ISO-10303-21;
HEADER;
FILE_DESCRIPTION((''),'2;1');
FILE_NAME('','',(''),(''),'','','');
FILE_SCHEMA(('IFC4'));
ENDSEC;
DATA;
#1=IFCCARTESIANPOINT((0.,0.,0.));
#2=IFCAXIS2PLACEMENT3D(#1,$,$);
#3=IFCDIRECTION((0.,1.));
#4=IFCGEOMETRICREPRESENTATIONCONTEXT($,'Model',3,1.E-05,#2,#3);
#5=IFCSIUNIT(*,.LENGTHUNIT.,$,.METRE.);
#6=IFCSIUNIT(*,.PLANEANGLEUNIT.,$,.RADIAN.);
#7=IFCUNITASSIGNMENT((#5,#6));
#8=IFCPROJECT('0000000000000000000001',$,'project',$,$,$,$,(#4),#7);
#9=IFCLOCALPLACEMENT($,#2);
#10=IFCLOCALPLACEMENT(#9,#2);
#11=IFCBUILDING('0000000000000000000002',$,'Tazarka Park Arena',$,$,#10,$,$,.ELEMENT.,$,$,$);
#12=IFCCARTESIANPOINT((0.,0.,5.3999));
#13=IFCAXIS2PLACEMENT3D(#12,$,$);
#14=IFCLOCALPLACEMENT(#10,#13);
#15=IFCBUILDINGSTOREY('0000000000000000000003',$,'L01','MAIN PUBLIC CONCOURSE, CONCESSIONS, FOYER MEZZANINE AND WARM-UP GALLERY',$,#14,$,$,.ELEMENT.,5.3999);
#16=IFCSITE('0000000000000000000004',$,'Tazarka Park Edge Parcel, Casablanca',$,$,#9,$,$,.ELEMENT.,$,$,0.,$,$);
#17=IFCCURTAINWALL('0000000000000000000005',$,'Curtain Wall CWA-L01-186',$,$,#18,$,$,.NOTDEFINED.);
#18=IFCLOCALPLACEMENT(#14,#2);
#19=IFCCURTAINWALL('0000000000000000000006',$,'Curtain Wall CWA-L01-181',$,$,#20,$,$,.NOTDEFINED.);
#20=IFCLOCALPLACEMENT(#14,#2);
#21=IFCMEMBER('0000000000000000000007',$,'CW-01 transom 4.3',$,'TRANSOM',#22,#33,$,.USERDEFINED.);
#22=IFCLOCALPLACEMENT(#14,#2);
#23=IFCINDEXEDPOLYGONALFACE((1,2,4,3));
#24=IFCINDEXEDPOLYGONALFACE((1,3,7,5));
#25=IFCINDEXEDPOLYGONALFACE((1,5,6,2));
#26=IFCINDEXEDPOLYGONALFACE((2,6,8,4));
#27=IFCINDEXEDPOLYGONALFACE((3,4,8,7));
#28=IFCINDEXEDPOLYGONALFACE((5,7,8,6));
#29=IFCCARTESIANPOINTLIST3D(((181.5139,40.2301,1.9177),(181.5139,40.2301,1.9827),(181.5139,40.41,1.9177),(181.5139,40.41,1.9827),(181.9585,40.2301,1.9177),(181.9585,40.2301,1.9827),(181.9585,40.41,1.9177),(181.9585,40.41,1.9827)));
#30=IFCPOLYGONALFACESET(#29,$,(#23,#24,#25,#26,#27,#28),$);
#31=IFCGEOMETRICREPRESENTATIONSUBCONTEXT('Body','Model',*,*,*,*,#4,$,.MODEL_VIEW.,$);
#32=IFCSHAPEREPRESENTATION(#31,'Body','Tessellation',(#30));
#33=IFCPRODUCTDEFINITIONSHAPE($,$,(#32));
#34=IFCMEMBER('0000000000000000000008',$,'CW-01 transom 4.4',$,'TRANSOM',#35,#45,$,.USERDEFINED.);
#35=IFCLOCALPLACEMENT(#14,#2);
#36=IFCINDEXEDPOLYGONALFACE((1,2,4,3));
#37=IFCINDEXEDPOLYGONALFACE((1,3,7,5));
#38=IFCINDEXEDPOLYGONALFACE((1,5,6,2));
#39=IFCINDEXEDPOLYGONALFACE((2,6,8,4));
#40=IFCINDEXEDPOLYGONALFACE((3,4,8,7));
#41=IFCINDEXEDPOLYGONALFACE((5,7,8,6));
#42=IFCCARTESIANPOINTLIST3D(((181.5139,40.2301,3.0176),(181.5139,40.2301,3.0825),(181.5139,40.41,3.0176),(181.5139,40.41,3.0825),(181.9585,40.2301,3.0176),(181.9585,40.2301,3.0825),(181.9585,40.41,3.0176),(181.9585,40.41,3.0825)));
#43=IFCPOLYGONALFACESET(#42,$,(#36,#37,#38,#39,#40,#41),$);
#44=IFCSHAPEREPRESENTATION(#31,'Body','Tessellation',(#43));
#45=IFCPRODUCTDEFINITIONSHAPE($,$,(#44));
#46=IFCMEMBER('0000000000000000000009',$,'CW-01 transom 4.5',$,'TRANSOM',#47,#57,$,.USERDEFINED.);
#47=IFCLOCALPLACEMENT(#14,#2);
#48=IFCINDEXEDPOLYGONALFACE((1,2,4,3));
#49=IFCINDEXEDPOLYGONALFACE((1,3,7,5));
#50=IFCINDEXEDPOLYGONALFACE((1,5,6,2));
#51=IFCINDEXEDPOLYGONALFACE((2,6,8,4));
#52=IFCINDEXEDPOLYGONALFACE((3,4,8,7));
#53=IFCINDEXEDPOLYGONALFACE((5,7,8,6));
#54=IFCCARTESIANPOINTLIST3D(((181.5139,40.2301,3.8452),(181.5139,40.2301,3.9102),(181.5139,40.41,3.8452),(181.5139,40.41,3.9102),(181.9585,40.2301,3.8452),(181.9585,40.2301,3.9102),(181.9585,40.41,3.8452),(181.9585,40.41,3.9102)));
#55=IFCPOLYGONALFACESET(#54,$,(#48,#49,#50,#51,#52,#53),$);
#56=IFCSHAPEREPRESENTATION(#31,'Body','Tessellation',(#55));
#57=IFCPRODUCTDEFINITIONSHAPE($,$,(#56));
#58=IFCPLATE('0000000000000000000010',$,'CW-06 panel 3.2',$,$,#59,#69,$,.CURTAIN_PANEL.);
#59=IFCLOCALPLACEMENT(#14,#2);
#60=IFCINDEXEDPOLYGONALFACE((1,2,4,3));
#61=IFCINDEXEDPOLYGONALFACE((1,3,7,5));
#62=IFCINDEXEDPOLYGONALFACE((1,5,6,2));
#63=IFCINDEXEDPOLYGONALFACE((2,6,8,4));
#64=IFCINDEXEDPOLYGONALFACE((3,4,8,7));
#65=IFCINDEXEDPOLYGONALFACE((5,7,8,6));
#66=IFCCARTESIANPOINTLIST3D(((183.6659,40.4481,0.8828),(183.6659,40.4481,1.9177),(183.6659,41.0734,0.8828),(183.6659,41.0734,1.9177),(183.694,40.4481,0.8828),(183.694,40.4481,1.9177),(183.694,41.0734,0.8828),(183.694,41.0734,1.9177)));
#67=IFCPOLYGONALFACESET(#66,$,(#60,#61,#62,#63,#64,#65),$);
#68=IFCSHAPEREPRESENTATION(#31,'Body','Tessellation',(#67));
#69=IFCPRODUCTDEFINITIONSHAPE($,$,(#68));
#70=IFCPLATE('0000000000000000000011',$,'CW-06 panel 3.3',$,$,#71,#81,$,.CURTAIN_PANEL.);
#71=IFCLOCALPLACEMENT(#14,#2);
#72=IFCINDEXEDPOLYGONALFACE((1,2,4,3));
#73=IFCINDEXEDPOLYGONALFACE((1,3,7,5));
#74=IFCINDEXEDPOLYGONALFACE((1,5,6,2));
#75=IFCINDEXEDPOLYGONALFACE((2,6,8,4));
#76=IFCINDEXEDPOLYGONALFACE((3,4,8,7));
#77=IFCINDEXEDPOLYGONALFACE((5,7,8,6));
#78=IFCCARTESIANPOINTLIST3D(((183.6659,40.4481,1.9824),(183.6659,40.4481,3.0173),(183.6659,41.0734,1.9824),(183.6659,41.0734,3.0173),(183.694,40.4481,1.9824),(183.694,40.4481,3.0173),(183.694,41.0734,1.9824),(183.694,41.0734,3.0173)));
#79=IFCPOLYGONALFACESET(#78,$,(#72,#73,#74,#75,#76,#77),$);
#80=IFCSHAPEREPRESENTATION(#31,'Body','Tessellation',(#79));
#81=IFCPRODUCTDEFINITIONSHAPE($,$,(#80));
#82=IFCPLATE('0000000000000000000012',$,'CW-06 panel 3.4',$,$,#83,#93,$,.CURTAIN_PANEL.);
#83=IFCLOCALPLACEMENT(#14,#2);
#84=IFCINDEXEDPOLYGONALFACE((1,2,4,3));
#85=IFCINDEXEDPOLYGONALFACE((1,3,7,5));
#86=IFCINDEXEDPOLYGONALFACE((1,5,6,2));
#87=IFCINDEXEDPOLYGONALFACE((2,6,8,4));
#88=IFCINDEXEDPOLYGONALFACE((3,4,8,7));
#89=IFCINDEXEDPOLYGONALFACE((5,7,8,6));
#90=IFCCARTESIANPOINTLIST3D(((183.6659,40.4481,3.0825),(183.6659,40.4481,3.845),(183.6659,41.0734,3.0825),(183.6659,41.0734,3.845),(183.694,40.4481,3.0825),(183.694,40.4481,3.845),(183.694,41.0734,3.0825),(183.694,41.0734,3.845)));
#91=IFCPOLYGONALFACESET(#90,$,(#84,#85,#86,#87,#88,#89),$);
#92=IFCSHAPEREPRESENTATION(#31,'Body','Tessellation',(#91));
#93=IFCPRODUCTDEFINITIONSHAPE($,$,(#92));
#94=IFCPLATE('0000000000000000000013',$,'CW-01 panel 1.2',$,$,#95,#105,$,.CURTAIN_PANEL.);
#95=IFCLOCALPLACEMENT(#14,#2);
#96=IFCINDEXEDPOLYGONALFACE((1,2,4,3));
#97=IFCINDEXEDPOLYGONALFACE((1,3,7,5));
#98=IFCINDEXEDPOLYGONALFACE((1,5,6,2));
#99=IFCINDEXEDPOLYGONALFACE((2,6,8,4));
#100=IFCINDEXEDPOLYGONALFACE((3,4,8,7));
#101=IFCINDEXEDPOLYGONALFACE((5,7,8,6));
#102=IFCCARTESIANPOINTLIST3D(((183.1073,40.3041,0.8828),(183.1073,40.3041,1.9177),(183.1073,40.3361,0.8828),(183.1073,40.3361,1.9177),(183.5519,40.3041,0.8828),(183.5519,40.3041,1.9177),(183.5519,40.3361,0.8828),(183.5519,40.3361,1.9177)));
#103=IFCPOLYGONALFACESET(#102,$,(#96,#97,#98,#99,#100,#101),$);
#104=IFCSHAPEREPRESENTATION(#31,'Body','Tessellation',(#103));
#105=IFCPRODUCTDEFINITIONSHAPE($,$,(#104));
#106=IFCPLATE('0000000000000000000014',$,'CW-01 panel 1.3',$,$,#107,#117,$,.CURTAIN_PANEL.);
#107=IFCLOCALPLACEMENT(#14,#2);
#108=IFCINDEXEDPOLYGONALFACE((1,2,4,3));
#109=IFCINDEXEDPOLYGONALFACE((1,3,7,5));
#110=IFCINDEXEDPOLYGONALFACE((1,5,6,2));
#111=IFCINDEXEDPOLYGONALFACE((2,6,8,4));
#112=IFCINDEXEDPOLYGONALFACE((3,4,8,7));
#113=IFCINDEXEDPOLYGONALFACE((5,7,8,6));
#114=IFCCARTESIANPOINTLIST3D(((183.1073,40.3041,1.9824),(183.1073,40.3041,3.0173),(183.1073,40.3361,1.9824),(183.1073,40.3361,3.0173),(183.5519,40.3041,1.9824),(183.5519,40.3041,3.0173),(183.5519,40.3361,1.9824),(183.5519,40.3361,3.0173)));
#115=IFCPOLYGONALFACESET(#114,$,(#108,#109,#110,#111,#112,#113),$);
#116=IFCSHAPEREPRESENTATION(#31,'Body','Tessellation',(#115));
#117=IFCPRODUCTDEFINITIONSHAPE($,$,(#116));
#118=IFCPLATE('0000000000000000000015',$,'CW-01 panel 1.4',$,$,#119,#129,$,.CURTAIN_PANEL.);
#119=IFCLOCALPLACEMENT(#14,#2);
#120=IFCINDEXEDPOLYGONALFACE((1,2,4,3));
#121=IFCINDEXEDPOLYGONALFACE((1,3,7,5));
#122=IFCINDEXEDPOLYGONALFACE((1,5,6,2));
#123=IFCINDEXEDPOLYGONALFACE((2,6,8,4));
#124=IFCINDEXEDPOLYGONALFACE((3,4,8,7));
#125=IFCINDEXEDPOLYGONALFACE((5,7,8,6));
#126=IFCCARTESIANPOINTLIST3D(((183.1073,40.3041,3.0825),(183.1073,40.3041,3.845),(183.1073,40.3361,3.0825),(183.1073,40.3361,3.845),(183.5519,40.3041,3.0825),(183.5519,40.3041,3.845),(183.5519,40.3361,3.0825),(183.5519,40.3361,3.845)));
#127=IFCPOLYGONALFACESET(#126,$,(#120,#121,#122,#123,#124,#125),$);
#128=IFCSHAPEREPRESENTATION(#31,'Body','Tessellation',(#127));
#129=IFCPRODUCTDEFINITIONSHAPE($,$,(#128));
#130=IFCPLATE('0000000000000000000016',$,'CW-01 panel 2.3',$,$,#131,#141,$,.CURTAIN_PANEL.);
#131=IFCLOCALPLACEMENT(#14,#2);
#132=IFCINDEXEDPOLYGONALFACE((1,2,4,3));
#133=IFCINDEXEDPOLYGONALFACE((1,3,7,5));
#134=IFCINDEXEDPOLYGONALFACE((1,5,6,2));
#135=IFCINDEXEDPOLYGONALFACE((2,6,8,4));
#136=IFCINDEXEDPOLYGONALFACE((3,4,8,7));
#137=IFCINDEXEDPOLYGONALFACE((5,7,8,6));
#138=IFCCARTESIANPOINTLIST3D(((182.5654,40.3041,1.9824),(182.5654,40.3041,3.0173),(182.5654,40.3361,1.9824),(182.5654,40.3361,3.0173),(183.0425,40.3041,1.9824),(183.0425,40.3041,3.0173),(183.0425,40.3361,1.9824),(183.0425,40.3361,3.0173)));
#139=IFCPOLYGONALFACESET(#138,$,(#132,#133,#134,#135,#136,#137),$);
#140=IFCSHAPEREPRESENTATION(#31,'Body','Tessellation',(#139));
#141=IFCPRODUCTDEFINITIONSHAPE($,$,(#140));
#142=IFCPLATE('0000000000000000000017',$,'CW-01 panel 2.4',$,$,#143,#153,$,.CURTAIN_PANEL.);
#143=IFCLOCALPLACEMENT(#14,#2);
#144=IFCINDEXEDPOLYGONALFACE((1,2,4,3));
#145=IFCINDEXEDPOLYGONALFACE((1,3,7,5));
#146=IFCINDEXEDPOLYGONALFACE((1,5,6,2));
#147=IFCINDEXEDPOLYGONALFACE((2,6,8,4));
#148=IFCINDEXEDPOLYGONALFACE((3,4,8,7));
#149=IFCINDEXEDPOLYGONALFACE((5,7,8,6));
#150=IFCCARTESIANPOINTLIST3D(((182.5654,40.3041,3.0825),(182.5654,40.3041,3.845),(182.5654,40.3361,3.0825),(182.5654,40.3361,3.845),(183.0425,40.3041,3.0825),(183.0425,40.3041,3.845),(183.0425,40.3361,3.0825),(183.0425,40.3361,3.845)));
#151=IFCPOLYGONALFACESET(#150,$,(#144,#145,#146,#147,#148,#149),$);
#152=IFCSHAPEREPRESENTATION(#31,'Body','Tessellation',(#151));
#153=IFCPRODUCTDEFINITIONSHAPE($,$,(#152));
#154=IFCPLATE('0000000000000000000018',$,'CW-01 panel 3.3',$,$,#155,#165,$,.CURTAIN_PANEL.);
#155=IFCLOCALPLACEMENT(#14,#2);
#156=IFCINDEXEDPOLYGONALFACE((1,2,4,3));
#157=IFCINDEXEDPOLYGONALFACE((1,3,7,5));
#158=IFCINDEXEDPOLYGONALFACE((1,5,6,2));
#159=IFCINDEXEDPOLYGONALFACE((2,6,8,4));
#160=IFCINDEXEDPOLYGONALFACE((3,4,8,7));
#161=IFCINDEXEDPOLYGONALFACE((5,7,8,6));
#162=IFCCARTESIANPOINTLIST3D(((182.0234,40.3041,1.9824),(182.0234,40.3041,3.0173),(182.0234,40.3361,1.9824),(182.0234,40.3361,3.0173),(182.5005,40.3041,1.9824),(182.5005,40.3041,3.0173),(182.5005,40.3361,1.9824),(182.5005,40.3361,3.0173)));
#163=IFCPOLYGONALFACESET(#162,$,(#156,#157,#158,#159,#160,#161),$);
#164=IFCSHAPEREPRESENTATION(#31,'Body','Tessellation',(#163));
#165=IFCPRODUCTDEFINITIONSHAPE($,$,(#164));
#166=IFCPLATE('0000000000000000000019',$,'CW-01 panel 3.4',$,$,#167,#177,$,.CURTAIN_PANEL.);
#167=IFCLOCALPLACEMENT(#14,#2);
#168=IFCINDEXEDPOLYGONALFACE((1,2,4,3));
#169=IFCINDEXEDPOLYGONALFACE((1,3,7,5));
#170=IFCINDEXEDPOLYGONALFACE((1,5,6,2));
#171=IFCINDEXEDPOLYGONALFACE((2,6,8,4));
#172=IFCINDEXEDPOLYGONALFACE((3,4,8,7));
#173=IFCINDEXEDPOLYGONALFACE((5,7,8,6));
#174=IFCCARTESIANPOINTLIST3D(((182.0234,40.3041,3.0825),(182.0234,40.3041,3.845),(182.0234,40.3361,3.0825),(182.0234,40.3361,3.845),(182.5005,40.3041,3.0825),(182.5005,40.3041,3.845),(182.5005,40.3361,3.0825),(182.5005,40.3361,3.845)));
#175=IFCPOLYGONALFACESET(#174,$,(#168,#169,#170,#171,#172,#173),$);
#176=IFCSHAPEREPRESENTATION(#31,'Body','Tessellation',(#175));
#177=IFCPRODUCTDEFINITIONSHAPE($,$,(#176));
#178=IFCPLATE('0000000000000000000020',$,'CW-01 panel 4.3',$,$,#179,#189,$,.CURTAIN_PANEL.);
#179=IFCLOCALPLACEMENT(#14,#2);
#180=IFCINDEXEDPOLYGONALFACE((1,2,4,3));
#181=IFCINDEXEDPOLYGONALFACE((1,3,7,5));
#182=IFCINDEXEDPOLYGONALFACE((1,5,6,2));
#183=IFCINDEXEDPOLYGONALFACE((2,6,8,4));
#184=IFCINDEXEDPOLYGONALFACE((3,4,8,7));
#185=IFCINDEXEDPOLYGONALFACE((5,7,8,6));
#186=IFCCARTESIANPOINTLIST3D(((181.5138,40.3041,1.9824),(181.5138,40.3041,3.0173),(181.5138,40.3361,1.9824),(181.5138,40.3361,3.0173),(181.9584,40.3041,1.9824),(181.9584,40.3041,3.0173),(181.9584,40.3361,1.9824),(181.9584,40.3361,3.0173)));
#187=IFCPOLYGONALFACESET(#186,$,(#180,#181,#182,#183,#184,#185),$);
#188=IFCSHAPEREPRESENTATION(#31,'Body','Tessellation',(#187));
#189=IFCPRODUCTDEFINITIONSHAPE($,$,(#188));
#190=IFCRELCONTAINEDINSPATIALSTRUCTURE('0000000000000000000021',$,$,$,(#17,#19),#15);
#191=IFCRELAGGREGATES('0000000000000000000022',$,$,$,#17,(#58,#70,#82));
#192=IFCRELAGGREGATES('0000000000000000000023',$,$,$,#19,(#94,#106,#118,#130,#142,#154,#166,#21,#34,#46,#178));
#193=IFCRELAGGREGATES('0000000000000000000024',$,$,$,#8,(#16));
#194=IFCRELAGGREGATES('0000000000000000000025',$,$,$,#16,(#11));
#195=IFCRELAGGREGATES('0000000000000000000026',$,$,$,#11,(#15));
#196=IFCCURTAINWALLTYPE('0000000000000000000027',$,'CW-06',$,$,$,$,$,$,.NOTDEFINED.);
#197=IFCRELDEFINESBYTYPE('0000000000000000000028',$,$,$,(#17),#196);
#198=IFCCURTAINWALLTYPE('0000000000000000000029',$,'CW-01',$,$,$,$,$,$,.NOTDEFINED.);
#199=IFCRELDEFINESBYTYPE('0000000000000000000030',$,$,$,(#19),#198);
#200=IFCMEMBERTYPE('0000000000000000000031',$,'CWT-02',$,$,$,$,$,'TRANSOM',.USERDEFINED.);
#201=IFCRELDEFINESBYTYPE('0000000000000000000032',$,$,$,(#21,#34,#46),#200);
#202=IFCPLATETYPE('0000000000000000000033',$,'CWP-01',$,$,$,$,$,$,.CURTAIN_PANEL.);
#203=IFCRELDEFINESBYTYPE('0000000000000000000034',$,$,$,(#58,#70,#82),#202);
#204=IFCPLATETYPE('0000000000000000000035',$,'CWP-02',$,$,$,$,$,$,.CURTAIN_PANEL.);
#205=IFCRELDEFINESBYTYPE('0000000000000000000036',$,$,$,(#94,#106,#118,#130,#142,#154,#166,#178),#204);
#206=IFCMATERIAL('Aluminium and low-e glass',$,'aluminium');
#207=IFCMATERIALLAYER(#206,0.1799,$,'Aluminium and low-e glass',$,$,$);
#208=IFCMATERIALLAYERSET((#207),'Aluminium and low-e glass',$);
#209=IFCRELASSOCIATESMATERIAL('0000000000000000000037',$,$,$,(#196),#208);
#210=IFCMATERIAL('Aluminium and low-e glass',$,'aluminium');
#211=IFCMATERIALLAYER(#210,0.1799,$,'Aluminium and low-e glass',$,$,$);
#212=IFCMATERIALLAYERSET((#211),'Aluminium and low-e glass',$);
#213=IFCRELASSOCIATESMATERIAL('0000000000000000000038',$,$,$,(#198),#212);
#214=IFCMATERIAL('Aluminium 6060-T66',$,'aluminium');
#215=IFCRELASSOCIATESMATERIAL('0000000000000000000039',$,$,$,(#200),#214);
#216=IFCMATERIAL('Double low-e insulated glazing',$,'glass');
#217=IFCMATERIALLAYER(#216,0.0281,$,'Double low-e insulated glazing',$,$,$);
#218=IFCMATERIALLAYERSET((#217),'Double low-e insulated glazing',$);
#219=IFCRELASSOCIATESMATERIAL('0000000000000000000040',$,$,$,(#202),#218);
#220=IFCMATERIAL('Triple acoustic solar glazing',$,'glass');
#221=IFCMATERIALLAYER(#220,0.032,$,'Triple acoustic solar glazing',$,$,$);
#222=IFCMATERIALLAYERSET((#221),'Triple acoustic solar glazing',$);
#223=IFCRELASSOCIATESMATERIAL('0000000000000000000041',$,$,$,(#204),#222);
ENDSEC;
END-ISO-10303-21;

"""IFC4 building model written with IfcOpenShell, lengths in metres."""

from ifc_helpers import new_model, si_unit, direction, frame, origin, origin_2d, place, context, subcontext, project, spatial, rectangle, extrude, material, layer, layer_set, material_profile, profile_set, type_object, element, aggregate, save


model = new_model("IFC4")

# Units and contexts
model_context = context("Model", 3, precision=1e-05, world=origin(), true_north=direction((0.0, 1.0)))
body_context = subcontext(model_context, "Body", "Model", "MODEL_VIEW")
ifc_project = project(units=[si_unit("LENGTHUNIT", "METRE"), si_unit("PLANEANGLEUNIT", "RADIAN")], contexts=[model_context])

# Site, building, storey
site_placement = place(None, origin())
site = spatial("IfcSite", under=ifc_project, at=site_placement, Name="Tazarka Park Edge Parcel, Casablanca", CompositionType="ELEMENT", RefElevation=0.0)
building_placement = place(site_placement, origin())
building = spatial("IfcBuilding", under=site, at=building_placement, Name="Tazarka Park Arena", CompositionType="ELEMENT")
storey_placement = place(building_placement, frame((0.0, 0.0, 5.3999)))
storey = spatial("IfcBuildingStorey", under=building, at=storey_placement, Name="L01", Description="MAIN PUBLIC CONCOURSE, CONCESSIONS, FOYER MEZZANINE AND WARM-UP GALLERY", CompositionType="ELEMENT", Elevation=5.3999)

# Curtain wall
ifc_material_1 = material(Name="Aluminium and low-e glass", Category="aluminium")
ifc_layer_1 = layer(ifc_material_1, 0.1799, Name="Aluminium and low-e glass")
ifc_layer_set_1 = layer_set([ifc_layer_1], Name="Aluminium and low-e glass")
curtain_wall_type_1 = type_object("IfcCurtainWallType", Name="CW-06", PredefinedType="NOTDEFINED", material=ifc_layer_set_1)
curtain_wall_1_placement = place(storey_placement, origin())
curtain_wall_1 = element("IfcCurtainWall", 1, at=curtain_wall_1_placement, inside=storey, type_object=curtain_wall_type_1, Name="Curtain Wall CWA-L01-186", PredefinedType="NOTDEFINED")

# Curtain wall, members
ifc_material_2 = material(Name="Aluminium and low-e glass", Category="aluminium")
ifc_layer_2 = layer(ifc_material_2, 0.1799, Name="Aluminium and low-e glass")
ifc_layer_set_2 = layer_set([ifc_layer_2], Name="Aluminium and low-e glass")
curtain_wall_type_2 = type_object("IfcCurtainWallType", Name="CW-01", PredefinedType="NOTDEFINED", material=ifc_layer_set_2)
curtain_wall_2_placement = place(storey_placement, origin())
curtain_wall_2 = element("IfcCurtainWall", 2, at=curtain_wall_2_placement, inside=storey, type_object=curtain_wall_type_2, Name="Curtain Wall CWA-L01-181", PredefinedType="NOTDEFINED")
ifc_material_3 = material(Name="Aluminium 6060-T66", Category="aluminium")
ifc_material_profile_1 = material_profile(ifc_material_3, rectangle(XDim=0.1799, YDim=0.0649, at=origin_2d()), Name="Aluminium 6060-T66")
ifc_profile_set_1 = profile_set([ifc_material_profile_1], Name="Aluminium 6060-T66")
member_type_1 = type_object("IfcMemberType", Name="CWT-02", ElementType="TRANSOM", PredefinedType="USERDEFINED", material=ifc_profile_set_1)
member_1_placement = place(storey_placement, frame((181.9585, 40.3201, 1.9502), z_axis=(-1.0, 0.0, 0.0), x_axis=(0.0, -1.0, 0.0)))
member_1 = element("IfcMember", 3, at=member_1_placement, type_object=member_type_1, Name="CW-01 transom 4.3", ObjectType="TRANSOM", PredefinedType="USERDEFINED", context=body_context, shape_type="SweptSolid", body=[
    extrude(rectangle(XDim=0.1799, YDim=0.0649, at=origin_2d()), origin(), (0.0, 0.0, 1.0), 0.4446),
])
member_2_placement = place(storey_placement, frame((181.9585, 40.3201, 3.05), z_axis=(-1.0, 0.0, 0.0), x_axis=(0.0, -1.0, 0.0)))
member_2 = element("IfcMember", 4, at=member_2_placement, type_object=member_type_1, Name="CW-01 transom 4.4", ObjectType="TRANSOM", PredefinedType="USERDEFINED", context=body_context, shape_type="SweptSolid", body=[
    extrude(rectangle(XDim=0.1799, YDim=0.0649, at=origin_2d()), origin(), (0.0, 0.0, 1.0), 0.4446),
])
member_3_placement = place(storey_placement, frame((181.9585, 40.3201, 3.8777), z_axis=(-1.0, 0.0, 0.0), x_axis=(0.0, -1.0, 0.0)))
member_3 = element("IfcMember", 5, at=member_3_placement, type_object=member_type_1, Name="CW-01 transom 4.5", ObjectType="TRANSOM", PredefinedType="USERDEFINED", context=body_context, shape_type="SweptSolid", body=[
    extrude(rectangle(XDim=0.1799, YDim=0.0649, at=origin_2d()), origin(), (0.0, 0.0, 1.0), 0.4446),
])

# Plates
ifc_material_4 = material(Name="Double low-e insulated glazing", Category="glass")
ifc_layer_3 = layer(ifc_material_4, 0.0281, Name="Double low-e insulated glazing")
ifc_layer_set_3 = layer_set([ifc_layer_3], Name="Double low-e insulated glazing")
plate_type_1 = type_object("IfcPlateType", Name="CWP-01", PredefinedType="CURTAIN_PANEL", material=ifc_layer_set_3)
plate_1_placement = place(storey_placement, frame((183.6799, 40.7607, 0.8828), z_axis=(0.0, 0.0, 1.0), x_axis=(0.0, -1.0, 0.0)))
plate_1 = element("IfcPlate", 6, at=plate_1_placement, type_object=plate_type_1, Name="CW-06 panel 3.2", PredefinedType="CURTAIN_PANEL", context=body_context, shape_type="SweptSolid", body=[
    extrude(rectangle(XDim=0.6252, YDim=0.0281, at=origin_2d()), origin(), (0.0, 0.0, 1.0), 1.0349),
])
plate_2_placement = place(storey_placement, frame((183.6799, 40.7607, 1.9824), z_axis=(0.0, 0.0, 1.0), x_axis=(0.0, -1.0, 0.0)))
plate_2 = element("IfcPlate", 7, at=plate_2_placement, type_object=plate_type_1, Name="CW-06 panel 3.3", PredefinedType="CURTAIN_PANEL", context=body_context, shape_type="SweptSolid", body=[
    extrude(rectangle(XDim=0.6252, YDim=0.0281, at=origin_2d()), origin(), (0.0, 0.0, 1.0), 1.0349),
])
plate_3_placement = place(storey_placement, frame((183.6799, 40.7607, 3.0825), z_axis=(0.0, 0.0, 1.0), x_axis=(0.0, -1.0, 0.0)))
plate_3 = element("IfcPlate", 8, at=plate_3_placement, type_object=plate_type_1, Name="CW-06 panel 3.4", PredefinedType="CURTAIN_PANEL", context=body_context, shape_type="SweptSolid", body=[
    extrude(rectangle(XDim=0.6252, YDim=0.0281, at=origin_2d()), origin(), (0.0, 0.0, 1.0), 0.7625),
])
aggregate(curtain_wall_1, [plate_1, plate_2, plate_3])
ifc_material_5 = material(Name="Triple acoustic solar glazing", Category="glass")
ifc_layer_4 = layer(ifc_material_5, 0.032, Name="Triple acoustic solar glazing")
ifc_layer_set_4 = layer_set([ifc_layer_4], Name="Triple acoustic solar glazing")
plate_type_2 = type_object("IfcPlateType", Name="CWP-02", PredefinedType="CURTAIN_PANEL", material=ifc_layer_set_4)
plate_4_placement = place(storey_placement, frame((183.3296, 40.3201, 0.8828), z_axis=(0.0, 0.0, 1.0), x_axis=(-1.0, 0.0, 0.0)))
plate_4 = element("IfcPlate", 9, at=plate_4_placement, type_object=plate_type_2, Name="CW-01 panel 1.2", PredefinedType="CURTAIN_PANEL", context=body_context, shape_type="SweptSolid", body=[
    extrude(rectangle(XDim=0.4446, YDim=0.032, at=origin_2d()), origin(), (0.0, 0.0, 1.0), 1.0349),
])
plate_5_placement = place(storey_placement, frame((183.3296, 40.3201, 1.9824), z_axis=(0.0, 0.0, 1.0), x_axis=(-1.0, 0.0, 0.0)))
plate_5 = element("IfcPlate", 10, at=plate_5_placement, type_object=plate_type_2, Name="CW-01 panel 1.3", PredefinedType="CURTAIN_PANEL", context=body_context, shape_type="SweptSolid", body=[
    extrude(rectangle(XDim=0.4446, YDim=0.032, at=origin_2d()), origin(), (0.0, 0.0, 1.0), 1.0349),
])
plate_6_placement = place(storey_placement, frame((183.3296, 40.3201, 3.0825), z_axis=(0.0, 0.0, 1.0), x_axis=(-1.0, 0.0, 0.0)))
plate_6 = element("IfcPlate", 11, at=plate_6_placement, type_object=plate_type_2, Name="CW-01 panel 1.4", PredefinedType="CURTAIN_PANEL", context=body_context, shape_type="SweptSolid", body=[
    extrude(rectangle(XDim=0.4446, YDim=0.032, at=origin_2d()), origin(), (0.0, 0.0, 1.0), 0.7625),
])
plate_7_placement = place(storey_placement, frame((182.804, 40.3201, 1.9824), z_axis=(0.0, 0.0, 1.0), x_axis=(-1.0, 0.0, 0.0)))
plate_7 = element("IfcPlate", 12, at=plate_7_placement, type_object=plate_type_2, Name="CW-01 panel 2.3", PredefinedType="CURTAIN_PANEL", context=body_context, shape_type="SweptSolid", body=[
    extrude(rectangle(XDim=0.4771, YDim=0.032, at=origin_2d()), origin(), (0.0, 0.0, 1.0), 1.0349),
])
plate_8_placement = place(storey_placement, frame((182.804, 40.3201, 3.0825), z_axis=(0.0, 0.0, 1.0), x_axis=(-1.0, 0.0, 0.0)))
plate_8 = element("IfcPlate", 13, at=plate_8_placement, type_object=plate_type_2, Name="CW-01 panel 2.4", PredefinedType="CURTAIN_PANEL", context=body_context, shape_type="SweptSolid", body=[
    extrude(rectangle(XDim=0.4771, YDim=0.032, at=origin_2d()), origin(), (0.0, 0.0, 1.0), 0.7625),
])
plate_9_placement = place(storey_placement, frame((182.262, 40.3201, 1.9824), z_axis=(0.0, 0.0, 1.0), x_axis=(-1.0, 0.0, 0.0)))
plate_9 = element("IfcPlate", 14, at=plate_9_placement, type_object=plate_type_2, Name="CW-01 panel 3.3", PredefinedType="CURTAIN_PANEL", context=body_context, shape_type="SweptSolid", body=[
    extrude(rectangle(XDim=0.4771, YDim=0.032, at=origin_2d()), origin(), (0.0, 0.0, 1.0), 1.0349),
])
plate_10_placement = place(storey_placement, frame((182.262, 40.3201, 3.0825), z_axis=(0.0, 0.0, 1.0), x_axis=(-1.0, 0.0, 0.0)))
plate_10 = element("IfcPlate", 15, at=plate_10_placement, type_object=plate_type_2, Name="CW-01 panel 3.4", PredefinedType="CURTAIN_PANEL", context=body_context, shape_type="SweptSolid", body=[
    extrude(rectangle(XDim=0.4771, YDim=0.032, at=origin_2d()), origin(), (0.0, 0.0, 1.0), 0.7625),
])
plate_11_placement = place(storey_placement, frame((181.7361, 40.3201, 1.9824), z_axis=(0.0, 0.0, 1.0), x_axis=(-1.0, 0.0, 0.0)))
plate_11 = element("IfcPlate", 16, at=plate_11_placement, type_object=plate_type_2, Name="CW-01 panel 4.3", PredefinedType="CURTAIN_PANEL", context=body_context, shape_type="SweptSolid", body=[
    extrude(rectangle(XDim=0.4446, YDim=0.032, at=origin_2d()), origin(), (0.0, 0.0, 1.0), 1.0349),
])
aggregate(curtain_wall_2, [plate_4, plate_5, plate_6, plate_7, plate_8, plate_9, plate_10, member_1, member_2, member_3, plate_11])

save(model, "model.ifc")
